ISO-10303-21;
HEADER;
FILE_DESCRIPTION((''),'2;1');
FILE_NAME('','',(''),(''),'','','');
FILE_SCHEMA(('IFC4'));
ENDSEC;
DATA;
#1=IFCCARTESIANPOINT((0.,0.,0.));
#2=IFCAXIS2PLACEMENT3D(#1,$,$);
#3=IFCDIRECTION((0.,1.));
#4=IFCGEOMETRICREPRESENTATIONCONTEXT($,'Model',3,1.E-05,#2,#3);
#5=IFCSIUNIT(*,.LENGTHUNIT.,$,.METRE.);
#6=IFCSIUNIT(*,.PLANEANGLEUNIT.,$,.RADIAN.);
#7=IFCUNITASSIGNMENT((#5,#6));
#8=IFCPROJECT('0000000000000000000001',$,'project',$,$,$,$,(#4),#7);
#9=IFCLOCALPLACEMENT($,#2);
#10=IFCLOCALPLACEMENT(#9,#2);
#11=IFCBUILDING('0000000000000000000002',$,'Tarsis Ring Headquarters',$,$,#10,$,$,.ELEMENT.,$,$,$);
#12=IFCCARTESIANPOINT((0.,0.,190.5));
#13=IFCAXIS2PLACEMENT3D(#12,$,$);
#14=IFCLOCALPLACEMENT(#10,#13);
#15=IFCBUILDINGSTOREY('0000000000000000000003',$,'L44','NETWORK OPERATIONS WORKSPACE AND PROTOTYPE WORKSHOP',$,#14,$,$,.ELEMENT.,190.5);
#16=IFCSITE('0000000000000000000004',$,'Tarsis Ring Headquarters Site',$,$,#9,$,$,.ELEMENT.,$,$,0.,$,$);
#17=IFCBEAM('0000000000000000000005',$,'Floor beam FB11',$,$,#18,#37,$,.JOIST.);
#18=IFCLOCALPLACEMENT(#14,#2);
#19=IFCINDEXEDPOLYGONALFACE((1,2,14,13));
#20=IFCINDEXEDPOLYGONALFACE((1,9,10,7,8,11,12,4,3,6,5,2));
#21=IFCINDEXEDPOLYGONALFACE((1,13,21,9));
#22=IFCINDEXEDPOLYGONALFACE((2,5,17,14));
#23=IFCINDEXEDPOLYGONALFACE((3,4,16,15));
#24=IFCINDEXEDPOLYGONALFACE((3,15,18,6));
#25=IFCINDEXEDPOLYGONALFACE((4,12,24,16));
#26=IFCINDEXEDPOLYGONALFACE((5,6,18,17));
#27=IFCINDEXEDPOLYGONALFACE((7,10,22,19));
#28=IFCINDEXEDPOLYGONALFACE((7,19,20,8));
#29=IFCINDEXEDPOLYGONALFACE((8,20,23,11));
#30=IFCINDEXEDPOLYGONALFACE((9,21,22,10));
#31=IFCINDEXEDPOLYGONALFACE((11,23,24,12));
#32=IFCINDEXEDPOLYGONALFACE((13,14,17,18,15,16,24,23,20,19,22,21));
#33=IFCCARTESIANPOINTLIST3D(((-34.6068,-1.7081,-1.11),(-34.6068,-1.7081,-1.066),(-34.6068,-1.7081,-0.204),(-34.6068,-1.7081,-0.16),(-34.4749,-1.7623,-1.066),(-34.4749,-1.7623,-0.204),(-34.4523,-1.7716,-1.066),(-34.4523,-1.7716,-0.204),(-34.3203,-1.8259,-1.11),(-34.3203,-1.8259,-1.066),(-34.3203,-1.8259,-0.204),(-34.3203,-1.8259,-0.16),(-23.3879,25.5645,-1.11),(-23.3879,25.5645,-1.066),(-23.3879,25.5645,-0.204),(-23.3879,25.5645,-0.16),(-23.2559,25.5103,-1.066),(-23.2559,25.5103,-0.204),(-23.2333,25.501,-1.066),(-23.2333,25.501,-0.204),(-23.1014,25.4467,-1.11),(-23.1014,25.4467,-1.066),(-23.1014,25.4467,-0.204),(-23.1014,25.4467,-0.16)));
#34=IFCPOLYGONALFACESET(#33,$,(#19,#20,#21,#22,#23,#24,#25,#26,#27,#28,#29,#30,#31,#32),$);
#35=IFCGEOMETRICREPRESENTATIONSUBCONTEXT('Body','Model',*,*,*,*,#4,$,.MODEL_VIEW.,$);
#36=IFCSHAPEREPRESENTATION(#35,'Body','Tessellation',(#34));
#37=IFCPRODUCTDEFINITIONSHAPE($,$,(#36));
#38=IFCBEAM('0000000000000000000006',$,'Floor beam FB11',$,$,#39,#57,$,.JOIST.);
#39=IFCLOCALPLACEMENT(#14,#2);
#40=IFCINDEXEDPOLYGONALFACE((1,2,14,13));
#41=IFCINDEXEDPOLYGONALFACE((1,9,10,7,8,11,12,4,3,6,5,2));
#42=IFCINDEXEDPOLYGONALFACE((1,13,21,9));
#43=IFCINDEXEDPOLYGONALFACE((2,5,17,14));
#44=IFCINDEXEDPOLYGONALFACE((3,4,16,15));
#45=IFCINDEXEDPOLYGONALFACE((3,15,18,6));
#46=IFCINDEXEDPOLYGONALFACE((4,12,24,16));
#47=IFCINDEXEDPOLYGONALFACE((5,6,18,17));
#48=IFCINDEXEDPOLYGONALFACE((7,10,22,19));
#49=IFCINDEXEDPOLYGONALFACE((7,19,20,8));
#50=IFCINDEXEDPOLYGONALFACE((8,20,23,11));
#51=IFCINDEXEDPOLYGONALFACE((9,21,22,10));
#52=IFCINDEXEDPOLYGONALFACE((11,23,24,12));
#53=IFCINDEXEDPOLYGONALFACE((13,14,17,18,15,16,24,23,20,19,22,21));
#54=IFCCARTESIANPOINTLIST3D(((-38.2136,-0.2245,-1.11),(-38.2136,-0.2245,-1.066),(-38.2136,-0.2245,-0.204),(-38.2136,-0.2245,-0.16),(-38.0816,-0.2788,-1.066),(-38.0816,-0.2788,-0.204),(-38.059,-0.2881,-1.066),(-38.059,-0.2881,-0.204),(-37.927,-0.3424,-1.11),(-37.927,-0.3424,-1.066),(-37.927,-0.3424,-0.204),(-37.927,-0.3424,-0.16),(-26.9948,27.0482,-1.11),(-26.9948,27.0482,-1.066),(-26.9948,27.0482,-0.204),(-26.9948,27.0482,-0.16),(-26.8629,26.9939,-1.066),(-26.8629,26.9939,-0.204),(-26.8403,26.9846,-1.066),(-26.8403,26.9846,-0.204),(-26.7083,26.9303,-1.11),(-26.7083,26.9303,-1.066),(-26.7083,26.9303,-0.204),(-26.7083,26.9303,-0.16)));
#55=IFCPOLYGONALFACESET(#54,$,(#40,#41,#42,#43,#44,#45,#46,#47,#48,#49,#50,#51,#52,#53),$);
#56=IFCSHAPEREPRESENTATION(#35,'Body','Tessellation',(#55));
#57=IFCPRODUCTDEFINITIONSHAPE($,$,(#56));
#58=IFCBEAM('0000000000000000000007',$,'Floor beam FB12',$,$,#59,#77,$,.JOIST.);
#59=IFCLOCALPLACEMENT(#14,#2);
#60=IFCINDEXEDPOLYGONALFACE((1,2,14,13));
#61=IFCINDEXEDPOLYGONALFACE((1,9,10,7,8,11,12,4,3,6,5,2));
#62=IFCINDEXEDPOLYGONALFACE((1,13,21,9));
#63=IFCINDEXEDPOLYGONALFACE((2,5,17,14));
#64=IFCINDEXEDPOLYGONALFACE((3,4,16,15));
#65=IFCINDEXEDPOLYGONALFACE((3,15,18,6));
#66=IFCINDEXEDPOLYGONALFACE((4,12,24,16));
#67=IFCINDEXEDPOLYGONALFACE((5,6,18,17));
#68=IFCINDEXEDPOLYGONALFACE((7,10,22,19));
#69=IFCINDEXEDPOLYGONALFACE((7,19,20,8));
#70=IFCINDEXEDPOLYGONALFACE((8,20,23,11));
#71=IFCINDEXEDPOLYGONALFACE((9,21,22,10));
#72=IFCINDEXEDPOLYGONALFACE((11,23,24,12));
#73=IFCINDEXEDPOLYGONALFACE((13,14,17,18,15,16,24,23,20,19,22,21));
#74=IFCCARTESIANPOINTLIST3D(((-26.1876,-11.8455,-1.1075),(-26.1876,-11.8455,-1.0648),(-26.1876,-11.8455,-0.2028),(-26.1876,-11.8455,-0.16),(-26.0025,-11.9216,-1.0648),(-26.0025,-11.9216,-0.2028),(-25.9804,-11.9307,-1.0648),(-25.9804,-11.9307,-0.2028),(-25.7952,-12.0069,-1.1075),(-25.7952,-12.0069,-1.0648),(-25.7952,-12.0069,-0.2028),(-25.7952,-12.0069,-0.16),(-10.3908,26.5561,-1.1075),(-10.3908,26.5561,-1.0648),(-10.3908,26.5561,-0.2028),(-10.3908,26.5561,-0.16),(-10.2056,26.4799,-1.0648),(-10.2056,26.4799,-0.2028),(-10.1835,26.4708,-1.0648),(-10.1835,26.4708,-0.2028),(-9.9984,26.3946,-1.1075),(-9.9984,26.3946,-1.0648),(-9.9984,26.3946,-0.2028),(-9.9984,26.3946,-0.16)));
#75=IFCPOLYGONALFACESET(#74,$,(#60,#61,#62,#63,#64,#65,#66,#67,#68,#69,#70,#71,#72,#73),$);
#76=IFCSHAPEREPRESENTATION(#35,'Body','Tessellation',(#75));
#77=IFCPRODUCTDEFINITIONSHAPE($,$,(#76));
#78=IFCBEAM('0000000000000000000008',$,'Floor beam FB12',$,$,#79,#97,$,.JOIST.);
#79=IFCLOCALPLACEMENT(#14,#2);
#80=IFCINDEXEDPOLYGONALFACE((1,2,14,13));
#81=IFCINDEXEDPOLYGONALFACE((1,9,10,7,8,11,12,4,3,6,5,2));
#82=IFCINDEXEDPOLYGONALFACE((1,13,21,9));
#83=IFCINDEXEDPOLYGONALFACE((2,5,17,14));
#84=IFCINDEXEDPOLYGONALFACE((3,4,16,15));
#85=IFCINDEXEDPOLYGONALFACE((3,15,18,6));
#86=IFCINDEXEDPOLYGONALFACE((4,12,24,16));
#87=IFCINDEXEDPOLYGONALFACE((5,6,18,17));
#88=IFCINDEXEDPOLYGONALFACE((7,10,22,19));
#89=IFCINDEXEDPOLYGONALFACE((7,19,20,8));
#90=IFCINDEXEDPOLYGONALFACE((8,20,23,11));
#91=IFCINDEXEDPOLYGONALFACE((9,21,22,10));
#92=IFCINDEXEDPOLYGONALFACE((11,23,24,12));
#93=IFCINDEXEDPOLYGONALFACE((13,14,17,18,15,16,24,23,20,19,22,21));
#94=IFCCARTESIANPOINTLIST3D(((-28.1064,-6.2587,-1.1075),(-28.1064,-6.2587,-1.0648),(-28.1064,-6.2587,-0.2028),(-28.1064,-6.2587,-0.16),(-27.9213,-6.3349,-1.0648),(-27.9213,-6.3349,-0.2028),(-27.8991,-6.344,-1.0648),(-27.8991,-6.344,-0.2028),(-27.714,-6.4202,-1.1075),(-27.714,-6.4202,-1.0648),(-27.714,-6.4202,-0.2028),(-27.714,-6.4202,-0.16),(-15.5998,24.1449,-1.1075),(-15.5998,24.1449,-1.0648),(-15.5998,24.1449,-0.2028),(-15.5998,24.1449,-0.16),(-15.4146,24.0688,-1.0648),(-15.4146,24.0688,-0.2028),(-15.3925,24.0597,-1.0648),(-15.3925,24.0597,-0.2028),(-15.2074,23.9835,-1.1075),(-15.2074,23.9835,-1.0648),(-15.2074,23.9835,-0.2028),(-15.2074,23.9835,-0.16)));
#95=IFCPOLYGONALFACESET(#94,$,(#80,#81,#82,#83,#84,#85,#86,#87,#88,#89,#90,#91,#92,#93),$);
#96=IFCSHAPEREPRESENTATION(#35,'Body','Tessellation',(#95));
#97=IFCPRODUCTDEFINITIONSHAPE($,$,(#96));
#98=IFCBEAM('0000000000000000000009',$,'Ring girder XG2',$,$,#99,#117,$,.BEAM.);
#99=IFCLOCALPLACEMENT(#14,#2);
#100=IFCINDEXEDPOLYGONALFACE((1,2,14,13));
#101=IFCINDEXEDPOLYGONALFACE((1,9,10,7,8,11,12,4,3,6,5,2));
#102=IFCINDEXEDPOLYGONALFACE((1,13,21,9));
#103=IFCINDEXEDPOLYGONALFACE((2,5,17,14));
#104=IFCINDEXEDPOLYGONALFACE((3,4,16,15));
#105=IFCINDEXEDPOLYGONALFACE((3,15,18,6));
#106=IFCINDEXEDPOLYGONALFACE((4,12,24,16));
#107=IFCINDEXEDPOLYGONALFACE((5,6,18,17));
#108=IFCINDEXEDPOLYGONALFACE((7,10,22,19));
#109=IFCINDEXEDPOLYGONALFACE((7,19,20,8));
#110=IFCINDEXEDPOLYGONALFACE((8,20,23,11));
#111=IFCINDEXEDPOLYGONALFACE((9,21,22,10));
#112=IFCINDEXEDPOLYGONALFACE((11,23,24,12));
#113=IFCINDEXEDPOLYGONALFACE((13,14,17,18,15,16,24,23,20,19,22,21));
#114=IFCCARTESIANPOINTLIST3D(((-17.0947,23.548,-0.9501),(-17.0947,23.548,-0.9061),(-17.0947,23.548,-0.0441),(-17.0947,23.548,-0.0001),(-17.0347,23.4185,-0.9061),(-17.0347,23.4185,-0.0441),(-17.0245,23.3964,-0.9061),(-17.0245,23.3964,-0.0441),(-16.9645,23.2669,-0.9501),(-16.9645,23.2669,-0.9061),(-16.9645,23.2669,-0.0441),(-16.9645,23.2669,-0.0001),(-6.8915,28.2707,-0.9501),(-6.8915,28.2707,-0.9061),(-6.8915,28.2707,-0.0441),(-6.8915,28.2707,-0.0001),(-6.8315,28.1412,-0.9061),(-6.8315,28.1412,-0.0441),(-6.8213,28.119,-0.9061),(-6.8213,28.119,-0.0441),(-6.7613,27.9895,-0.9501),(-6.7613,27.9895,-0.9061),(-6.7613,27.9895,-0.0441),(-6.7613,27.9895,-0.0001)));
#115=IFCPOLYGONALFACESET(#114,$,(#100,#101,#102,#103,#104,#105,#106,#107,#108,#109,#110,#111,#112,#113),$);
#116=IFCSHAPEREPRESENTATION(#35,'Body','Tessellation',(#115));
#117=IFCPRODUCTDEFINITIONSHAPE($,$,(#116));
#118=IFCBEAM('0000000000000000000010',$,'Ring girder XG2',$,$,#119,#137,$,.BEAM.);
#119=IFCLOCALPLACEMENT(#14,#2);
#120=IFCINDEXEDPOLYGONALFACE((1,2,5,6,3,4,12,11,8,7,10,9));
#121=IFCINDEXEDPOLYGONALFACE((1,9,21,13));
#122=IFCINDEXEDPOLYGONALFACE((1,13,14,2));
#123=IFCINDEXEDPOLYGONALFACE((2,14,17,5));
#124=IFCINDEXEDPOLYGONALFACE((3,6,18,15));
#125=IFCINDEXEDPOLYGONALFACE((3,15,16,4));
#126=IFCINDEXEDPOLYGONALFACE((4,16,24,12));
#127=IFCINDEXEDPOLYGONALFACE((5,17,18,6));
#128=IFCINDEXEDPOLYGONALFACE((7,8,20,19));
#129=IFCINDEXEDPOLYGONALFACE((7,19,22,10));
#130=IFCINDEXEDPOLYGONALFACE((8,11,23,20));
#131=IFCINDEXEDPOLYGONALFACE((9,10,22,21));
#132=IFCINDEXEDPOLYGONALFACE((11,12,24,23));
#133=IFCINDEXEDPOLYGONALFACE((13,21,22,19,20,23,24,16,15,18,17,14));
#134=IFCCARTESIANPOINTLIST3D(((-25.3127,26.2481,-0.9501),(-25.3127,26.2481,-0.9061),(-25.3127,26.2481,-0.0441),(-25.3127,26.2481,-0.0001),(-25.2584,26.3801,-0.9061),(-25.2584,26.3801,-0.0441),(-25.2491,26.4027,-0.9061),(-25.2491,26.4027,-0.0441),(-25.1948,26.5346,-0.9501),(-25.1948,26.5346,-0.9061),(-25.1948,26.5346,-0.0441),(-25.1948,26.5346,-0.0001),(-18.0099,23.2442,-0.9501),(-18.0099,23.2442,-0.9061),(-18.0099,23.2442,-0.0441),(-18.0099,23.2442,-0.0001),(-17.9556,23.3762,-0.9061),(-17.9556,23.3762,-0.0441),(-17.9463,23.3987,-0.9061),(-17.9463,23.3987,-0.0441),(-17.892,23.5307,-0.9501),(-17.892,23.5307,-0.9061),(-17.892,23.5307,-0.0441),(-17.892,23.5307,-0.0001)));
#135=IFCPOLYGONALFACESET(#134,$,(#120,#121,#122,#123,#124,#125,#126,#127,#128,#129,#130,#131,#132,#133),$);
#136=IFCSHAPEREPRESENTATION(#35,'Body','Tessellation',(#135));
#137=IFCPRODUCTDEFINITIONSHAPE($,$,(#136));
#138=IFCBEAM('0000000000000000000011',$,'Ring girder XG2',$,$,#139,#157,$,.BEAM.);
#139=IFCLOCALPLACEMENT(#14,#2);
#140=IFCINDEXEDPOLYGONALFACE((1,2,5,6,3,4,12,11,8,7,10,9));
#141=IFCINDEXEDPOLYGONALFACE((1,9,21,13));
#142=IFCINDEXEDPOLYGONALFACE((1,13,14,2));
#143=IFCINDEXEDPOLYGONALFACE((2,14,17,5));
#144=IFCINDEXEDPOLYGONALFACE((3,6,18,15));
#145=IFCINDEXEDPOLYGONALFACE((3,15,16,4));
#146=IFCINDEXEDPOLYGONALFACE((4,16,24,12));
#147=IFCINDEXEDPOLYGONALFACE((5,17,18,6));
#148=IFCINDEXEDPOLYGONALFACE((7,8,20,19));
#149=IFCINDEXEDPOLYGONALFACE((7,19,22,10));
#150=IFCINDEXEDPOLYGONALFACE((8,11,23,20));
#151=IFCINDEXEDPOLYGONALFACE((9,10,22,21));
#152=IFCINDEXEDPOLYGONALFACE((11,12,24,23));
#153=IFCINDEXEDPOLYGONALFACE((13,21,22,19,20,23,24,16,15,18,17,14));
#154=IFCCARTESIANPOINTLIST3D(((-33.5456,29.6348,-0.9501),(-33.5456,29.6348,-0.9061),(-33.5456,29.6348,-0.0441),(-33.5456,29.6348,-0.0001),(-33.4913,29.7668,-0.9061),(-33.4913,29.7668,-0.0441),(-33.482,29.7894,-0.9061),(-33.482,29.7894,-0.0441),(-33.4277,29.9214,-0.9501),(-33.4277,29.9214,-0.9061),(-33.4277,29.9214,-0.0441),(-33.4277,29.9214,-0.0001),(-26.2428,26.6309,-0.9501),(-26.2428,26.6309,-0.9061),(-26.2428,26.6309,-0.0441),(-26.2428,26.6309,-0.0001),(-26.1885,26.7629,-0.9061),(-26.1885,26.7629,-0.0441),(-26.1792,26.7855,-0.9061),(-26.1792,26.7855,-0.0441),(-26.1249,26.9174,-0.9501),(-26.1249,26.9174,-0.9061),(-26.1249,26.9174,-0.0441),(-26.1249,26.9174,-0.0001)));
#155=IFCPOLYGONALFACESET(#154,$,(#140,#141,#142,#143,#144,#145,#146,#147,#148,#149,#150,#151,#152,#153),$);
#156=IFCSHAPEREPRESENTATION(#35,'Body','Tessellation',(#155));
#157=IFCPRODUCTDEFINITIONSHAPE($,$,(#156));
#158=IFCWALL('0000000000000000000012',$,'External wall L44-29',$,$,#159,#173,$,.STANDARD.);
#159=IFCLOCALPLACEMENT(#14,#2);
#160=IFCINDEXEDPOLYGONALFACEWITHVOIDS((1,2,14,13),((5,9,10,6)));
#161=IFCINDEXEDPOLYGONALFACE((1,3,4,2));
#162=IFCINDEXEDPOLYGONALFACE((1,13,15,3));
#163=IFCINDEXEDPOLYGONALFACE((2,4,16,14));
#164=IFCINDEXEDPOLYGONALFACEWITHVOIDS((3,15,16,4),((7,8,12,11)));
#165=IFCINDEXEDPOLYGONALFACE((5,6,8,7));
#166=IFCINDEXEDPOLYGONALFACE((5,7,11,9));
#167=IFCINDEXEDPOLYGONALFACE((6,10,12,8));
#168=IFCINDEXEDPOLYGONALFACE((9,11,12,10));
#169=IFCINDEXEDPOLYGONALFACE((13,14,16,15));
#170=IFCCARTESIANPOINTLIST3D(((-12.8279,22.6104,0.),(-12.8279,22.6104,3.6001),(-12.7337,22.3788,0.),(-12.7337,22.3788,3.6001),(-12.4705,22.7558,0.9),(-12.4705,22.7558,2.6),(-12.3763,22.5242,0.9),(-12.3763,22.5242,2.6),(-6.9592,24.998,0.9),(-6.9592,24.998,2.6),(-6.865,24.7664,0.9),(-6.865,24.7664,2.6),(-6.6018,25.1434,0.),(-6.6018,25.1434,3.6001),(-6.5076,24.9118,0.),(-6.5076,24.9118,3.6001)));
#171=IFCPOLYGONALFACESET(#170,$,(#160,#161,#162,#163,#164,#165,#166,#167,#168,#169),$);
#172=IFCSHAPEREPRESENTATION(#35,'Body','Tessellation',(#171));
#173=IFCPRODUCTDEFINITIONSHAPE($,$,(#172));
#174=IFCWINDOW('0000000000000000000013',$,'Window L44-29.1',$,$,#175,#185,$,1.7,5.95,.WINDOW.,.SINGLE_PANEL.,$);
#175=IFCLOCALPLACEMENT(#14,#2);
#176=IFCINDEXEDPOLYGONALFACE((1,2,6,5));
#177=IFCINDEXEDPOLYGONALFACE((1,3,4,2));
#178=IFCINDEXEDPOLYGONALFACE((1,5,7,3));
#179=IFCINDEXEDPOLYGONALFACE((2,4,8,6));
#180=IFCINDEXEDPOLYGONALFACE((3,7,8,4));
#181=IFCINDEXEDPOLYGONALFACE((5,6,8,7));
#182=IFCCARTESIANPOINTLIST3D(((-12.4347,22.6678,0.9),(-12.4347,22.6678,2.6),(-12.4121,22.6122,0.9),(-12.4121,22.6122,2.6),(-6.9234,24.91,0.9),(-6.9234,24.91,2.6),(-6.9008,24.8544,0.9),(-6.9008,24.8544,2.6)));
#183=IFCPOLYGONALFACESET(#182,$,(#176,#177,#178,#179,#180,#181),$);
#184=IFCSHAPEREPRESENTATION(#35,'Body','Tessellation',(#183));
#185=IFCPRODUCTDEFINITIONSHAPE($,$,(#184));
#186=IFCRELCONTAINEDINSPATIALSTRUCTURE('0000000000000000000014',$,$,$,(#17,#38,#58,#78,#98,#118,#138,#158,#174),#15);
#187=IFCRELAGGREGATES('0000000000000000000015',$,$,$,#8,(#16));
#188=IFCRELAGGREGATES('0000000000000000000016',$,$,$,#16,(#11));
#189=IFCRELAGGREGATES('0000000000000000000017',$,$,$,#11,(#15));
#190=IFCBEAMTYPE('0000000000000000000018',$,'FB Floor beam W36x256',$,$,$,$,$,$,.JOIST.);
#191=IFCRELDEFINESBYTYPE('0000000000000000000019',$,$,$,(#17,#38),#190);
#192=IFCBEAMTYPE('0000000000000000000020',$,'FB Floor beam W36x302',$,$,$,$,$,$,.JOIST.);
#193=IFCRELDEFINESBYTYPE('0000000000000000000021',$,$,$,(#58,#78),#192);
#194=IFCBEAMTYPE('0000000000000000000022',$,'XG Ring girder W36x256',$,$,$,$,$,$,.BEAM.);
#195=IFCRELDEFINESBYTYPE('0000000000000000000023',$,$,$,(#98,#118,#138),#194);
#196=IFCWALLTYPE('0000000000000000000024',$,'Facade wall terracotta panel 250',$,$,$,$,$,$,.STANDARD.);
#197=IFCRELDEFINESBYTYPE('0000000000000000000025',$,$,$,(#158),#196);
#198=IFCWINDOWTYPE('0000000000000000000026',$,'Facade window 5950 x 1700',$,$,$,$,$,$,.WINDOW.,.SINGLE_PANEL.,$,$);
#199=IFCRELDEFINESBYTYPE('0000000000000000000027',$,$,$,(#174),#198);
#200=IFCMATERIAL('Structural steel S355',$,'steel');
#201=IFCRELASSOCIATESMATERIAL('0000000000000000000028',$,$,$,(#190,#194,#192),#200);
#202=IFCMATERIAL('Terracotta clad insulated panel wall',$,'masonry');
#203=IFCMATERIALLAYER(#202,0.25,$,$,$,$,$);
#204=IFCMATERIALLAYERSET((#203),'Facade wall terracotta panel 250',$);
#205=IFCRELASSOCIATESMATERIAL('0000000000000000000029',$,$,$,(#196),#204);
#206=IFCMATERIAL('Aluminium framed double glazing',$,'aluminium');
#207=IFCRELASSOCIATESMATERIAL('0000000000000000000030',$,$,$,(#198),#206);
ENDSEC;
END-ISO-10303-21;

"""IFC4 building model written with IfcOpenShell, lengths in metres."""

from ifc_helpers import new_model, si_unit, direction, frame, frame_2d, origin, origin_2d, place, context, subcontext, project, spatial, rectangle, i_section, extrude, material, layer, layer_set, material_profile, profile_set, type_object, element, fill, save


model = new_model("IFC4")

# Units and contexts
model_context = context("Model", 3, precision=1e-05, world=origin(), true_north=direction((0.0, 1.0)))
body_context = subcontext(model_context, "Body", "Model", "MODEL_VIEW")
ifc_project = project(units=[si_unit("LENGTHUNIT", "METRE"), si_unit("PLANEANGLEUNIT", "RADIAN")], contexts=[model_context])

# Site, building, storey
site_placement = place(None, origin())
site = spatial("IfcSite", under=ifc_project, at=site_placement, Name="Tarsis Ring Headquarters Site", CompositionType="ELEMENT", RefElevation=0.0)
building_placement = place(site_placement, origin())
building = spatial("IfcBuilding", under=site, at=building_placement, Name="Tarsis Ring Headquarters", CompositionType="ELEMENT")
storey_placement = place(building_placement, frame((0.0, 0.0, 190.5)))
storey = spatial("IfcBuildingStorey", under=building, at=storey_placement, Name="L44", Description="NETWORK OPERATIONS WORKSPACE AND PROTOTYPE WORKSHOP", CompositionType="ELEMENT", Elevation=190.5)

# Shared definitions
ifc_material_1 = material(Name="Structural steel S355", Category="steel")

# Beams
ifc_material_profile_1 = material_profile(ifc_material_1, i_section(OverallWidth=0.3098, OverallDepth=0.95, WebThickness=0.0244, FlangeThickness=0.0439, at=origin_2d()), Name="W36x256")
ifc_profile_set_1 = profile_set([ifc_material_profile_1], Name="Structural steel S355")
beam_type_1 = type_object("IfcBeamType", Name="FB Floor beam W36x256", PredefinedType="JOIST", material=ifc_profile_set_1)
for number, where, z_axis, x_axis, name in (
    (1, (-23.2446, 25.5056, -0.635), (-0.380432, -0.924809, 0.0), (0.924809, -0.380432, 0.0), "Floor beam FB11"),
    (2, (-26.8516, 26.9893, -0.635), (-0.380425, -0.924812, 0.0), (0.924812, -0.380425, 0.0), "Floor beam FB11"),
):
    element("IfcBeam", number, at=place(storey_placement, frame(where, z_axis=z_axis, x_axis=x_axis)), inside=storey, type_object=beam_type_1, Name=name, PredefinedType="JOIST", context=body_context, shape_type="SweptSolid", body=[
        extrude(i_section(OverallWidth=0.3098, OverallDepth=0.95, WebThickness=0.0244, FlangeThickness=0.0439, at=origin_2d()), origin(), (0.0, 0.0, 1.0), 29.49),
    ])
ifc_material_profile_2 = material_profile(ifc_material_1, i_section(OverallWidth=0.4243, OverallDepth=0.9475, WebThickness=0.0239, FlangeThickness=0.0427, at=origin_2d()), Name="W36x302")
ifc_profile_set_2 = profile_set([ifc_material_profile_2], Name="Structural steel S355")
beam_type_2 = type_object("IfcBeamType", Name="FB Floor beam W36x302", PredefinedType="JOIST", material=ifc_profile_set_2)
beam_1_placement = place(storey_placement, frame((-10.1946, 26.4753, -0.6338), z_axis=(-0.38043, -0.92481, 0.0), x_axis=(0.92481, -0.38043, 0.0)))
element("IfcBeam", 3, at=beam_1_placement, inside=storey, type_object=beam_type_2, Name="Floor beam FB12", PredefinedType="JOIST", context=body_context, shape_type="SweptSolid", body=[
    extrude(i_section(OverallWidth=0.4243, OverallDepth=0.9475, WebThickness=0.0239, FlangeThickness=0.0427, at=origin_2d()), origin(), (0.0, 0.0, 1.0), 41.5237),
])
beam_2_placement = place(storey_placement, frame((-15.4036, 24.0642, -0.6338), z_axis=(-0.380424, -0.924812, 0.0), x_axis=(0.924812, -0.380424, 0.0)))
element("IfcBeam", 4, at=beam_2_placement, inside=storey, type_object=beam_type_2, Name="Floor beam FB12", PredefinedType="JOIST", context=body_context, shape_type="SweptSolid", body=[
    extrude(i_section(OverallWidth=0.4243, OverallDepth=0.9475, WebThickness=0.0239, FlangeThickness=0.0427, at=origin_2d()), origin(), (0.0, 0.0, 1.0), 32.8755),
])
beam_type_3 = type_object("IfcBeamType", Name="XG Ring girder W36x256", PredefinedType="BEAM", material=ifc_profile_set_1)
beam_3_placement = place(storey_placement, frame((-6.8264, 28.1301, -0.4751), z_axis=(-0.907501, -0.420049, 0.0), x_axis=(0.420049, -0.907501, 0.0)))
element("IfcBeam", 5, at=beam_3_placement, inside=storey, type_object=beam_type_3, Name="Ring girder XG2", PredefinedType="BEAM", context=body_context, shape_type="SweptSolid", body=[
    extrude(i_section(OverallWidth=0.3098, OverallDepth=0.95, WebThickness=0.0244, FlangeThickness=0.0439, at=origin_2d()), origin(), (0.0, 0.0, 1.0), 11.2432),
])
for number, where, z_axis, x_axis, name in (
    (6, (-17.9509, 23.3875, -0.4751), (-0.924816, 0.380414, 0.0), (-0.380414, -0.924816, 0.0), "Ring girder XG2"),
    (7, (-26.1838, 26.7742, -0.4751), (-0.924816, 0.380414, 0.0), (-0.380414, -0.924816, 0.0), "Ring girder XG2"),
):
    element("IfcBeam", number, at=place(storey_placement, frame(where, z_axis=z_axis, x_axis=x_axis)), inside=storey, type_object=beam_type_3, Name=name, PredefinedType="BEAM", context=body_context, shape_type="SweptSolid", body=[
        extrude(i_section(OverallWidth=0.3098, OverallDepth=0.95, WebThickness=0.0244, FlangeThickness=0.0439, at=origin_2d()), origin(), (0.0, 0.0, 1.0), 7.8965),
    ])

# Wall, opening, window
ifc_material_2 = material(Name="Terracotta clad insulated panel wall", Category="masonry")
ifc_layer = layer(ifc_material_2, 0.25)
ifc_layer_set = layer_set([ifc_layer], Name="Facade wall terracotta panel 250")
wall_type = type_object("IfcWallType", Name="Facade wall terracotta panel 250", PredefinedType="STANDARD", material=ifc_layer_set)
wall_placement = place(storey_placement, frame((-6.5547, 25.0276, 0.0), z_axis=(0.0, 0.0, 1.0), x_axis=(-0.926279, -0.376839, 0.0)))
wall = element("IfcWall", 8, at=wall_placement, inside=storey, type_object=wall_type, Name="External wall L44-29", PredefinedType="STANDARD", context=body_context, shape_type="SweptSolid", body=[
    extrude(rectangle(XDim=6.7217, YDim=0.25, at=frame_2d((3.3608, 0.0))), origin(), (0.0, 0.0, 1.0), 3.6001),
])
opening_placement = place(wall_placement, frame((0.3857, 0.0, 0.8999)))
opening = element("IfcOpeningElement", 9, at=opening_placement, cuts=wall, PredefinedType="OPENING", context=body_context, shape_type="SweptSolid", body=[
    extrude(rectangle(XDim=5.95, YDim=1.7, at=frame_2d((2.9751, 0.8501))), frame((0.0, 0.135, 0.0), z_axis=(0.0, -1.0, 0.0), x_axis=(1.0, 0.0, 0.0)), (0.0, 0.0, 1.0), 0.27),
])
ifc_material_3 = material(Name="Aluminium framed double glazing", Category="aluminium")
window_type = type_object("IfcWindowType", Name="Facade window 5950 x 1700", PartitioningType="SINGLE_PANEL", PredefinedType="WINDOW", material=ifc_material_3)
window_placement = place(opening_placement, origin())
window = element("IfcWindow", 10, at=window_placement, inside=storey, type_object=window_type, Name="Window L44-29.1", OverallHeight=1.7, OverallWidth=5.95, PartitioningType="SINGLE_PANEL", PredefinedType="WINDOW", context=body_context, shape_type="SweptSolid", body=[
    extrude(rectangle(XDim=5.95, YDim=1.7, at=frame_2d((2.9751, 0.8501))), frame((0.0, 0.03, 0.0), z_axis=(0.0, -1.0, 0.0), x_axis=(1.0, 0.0, 0.0)), (0.0, 0.0, 1.0), 0.0601),
])
fill(opening, window)

save(model, "model.ifc")
